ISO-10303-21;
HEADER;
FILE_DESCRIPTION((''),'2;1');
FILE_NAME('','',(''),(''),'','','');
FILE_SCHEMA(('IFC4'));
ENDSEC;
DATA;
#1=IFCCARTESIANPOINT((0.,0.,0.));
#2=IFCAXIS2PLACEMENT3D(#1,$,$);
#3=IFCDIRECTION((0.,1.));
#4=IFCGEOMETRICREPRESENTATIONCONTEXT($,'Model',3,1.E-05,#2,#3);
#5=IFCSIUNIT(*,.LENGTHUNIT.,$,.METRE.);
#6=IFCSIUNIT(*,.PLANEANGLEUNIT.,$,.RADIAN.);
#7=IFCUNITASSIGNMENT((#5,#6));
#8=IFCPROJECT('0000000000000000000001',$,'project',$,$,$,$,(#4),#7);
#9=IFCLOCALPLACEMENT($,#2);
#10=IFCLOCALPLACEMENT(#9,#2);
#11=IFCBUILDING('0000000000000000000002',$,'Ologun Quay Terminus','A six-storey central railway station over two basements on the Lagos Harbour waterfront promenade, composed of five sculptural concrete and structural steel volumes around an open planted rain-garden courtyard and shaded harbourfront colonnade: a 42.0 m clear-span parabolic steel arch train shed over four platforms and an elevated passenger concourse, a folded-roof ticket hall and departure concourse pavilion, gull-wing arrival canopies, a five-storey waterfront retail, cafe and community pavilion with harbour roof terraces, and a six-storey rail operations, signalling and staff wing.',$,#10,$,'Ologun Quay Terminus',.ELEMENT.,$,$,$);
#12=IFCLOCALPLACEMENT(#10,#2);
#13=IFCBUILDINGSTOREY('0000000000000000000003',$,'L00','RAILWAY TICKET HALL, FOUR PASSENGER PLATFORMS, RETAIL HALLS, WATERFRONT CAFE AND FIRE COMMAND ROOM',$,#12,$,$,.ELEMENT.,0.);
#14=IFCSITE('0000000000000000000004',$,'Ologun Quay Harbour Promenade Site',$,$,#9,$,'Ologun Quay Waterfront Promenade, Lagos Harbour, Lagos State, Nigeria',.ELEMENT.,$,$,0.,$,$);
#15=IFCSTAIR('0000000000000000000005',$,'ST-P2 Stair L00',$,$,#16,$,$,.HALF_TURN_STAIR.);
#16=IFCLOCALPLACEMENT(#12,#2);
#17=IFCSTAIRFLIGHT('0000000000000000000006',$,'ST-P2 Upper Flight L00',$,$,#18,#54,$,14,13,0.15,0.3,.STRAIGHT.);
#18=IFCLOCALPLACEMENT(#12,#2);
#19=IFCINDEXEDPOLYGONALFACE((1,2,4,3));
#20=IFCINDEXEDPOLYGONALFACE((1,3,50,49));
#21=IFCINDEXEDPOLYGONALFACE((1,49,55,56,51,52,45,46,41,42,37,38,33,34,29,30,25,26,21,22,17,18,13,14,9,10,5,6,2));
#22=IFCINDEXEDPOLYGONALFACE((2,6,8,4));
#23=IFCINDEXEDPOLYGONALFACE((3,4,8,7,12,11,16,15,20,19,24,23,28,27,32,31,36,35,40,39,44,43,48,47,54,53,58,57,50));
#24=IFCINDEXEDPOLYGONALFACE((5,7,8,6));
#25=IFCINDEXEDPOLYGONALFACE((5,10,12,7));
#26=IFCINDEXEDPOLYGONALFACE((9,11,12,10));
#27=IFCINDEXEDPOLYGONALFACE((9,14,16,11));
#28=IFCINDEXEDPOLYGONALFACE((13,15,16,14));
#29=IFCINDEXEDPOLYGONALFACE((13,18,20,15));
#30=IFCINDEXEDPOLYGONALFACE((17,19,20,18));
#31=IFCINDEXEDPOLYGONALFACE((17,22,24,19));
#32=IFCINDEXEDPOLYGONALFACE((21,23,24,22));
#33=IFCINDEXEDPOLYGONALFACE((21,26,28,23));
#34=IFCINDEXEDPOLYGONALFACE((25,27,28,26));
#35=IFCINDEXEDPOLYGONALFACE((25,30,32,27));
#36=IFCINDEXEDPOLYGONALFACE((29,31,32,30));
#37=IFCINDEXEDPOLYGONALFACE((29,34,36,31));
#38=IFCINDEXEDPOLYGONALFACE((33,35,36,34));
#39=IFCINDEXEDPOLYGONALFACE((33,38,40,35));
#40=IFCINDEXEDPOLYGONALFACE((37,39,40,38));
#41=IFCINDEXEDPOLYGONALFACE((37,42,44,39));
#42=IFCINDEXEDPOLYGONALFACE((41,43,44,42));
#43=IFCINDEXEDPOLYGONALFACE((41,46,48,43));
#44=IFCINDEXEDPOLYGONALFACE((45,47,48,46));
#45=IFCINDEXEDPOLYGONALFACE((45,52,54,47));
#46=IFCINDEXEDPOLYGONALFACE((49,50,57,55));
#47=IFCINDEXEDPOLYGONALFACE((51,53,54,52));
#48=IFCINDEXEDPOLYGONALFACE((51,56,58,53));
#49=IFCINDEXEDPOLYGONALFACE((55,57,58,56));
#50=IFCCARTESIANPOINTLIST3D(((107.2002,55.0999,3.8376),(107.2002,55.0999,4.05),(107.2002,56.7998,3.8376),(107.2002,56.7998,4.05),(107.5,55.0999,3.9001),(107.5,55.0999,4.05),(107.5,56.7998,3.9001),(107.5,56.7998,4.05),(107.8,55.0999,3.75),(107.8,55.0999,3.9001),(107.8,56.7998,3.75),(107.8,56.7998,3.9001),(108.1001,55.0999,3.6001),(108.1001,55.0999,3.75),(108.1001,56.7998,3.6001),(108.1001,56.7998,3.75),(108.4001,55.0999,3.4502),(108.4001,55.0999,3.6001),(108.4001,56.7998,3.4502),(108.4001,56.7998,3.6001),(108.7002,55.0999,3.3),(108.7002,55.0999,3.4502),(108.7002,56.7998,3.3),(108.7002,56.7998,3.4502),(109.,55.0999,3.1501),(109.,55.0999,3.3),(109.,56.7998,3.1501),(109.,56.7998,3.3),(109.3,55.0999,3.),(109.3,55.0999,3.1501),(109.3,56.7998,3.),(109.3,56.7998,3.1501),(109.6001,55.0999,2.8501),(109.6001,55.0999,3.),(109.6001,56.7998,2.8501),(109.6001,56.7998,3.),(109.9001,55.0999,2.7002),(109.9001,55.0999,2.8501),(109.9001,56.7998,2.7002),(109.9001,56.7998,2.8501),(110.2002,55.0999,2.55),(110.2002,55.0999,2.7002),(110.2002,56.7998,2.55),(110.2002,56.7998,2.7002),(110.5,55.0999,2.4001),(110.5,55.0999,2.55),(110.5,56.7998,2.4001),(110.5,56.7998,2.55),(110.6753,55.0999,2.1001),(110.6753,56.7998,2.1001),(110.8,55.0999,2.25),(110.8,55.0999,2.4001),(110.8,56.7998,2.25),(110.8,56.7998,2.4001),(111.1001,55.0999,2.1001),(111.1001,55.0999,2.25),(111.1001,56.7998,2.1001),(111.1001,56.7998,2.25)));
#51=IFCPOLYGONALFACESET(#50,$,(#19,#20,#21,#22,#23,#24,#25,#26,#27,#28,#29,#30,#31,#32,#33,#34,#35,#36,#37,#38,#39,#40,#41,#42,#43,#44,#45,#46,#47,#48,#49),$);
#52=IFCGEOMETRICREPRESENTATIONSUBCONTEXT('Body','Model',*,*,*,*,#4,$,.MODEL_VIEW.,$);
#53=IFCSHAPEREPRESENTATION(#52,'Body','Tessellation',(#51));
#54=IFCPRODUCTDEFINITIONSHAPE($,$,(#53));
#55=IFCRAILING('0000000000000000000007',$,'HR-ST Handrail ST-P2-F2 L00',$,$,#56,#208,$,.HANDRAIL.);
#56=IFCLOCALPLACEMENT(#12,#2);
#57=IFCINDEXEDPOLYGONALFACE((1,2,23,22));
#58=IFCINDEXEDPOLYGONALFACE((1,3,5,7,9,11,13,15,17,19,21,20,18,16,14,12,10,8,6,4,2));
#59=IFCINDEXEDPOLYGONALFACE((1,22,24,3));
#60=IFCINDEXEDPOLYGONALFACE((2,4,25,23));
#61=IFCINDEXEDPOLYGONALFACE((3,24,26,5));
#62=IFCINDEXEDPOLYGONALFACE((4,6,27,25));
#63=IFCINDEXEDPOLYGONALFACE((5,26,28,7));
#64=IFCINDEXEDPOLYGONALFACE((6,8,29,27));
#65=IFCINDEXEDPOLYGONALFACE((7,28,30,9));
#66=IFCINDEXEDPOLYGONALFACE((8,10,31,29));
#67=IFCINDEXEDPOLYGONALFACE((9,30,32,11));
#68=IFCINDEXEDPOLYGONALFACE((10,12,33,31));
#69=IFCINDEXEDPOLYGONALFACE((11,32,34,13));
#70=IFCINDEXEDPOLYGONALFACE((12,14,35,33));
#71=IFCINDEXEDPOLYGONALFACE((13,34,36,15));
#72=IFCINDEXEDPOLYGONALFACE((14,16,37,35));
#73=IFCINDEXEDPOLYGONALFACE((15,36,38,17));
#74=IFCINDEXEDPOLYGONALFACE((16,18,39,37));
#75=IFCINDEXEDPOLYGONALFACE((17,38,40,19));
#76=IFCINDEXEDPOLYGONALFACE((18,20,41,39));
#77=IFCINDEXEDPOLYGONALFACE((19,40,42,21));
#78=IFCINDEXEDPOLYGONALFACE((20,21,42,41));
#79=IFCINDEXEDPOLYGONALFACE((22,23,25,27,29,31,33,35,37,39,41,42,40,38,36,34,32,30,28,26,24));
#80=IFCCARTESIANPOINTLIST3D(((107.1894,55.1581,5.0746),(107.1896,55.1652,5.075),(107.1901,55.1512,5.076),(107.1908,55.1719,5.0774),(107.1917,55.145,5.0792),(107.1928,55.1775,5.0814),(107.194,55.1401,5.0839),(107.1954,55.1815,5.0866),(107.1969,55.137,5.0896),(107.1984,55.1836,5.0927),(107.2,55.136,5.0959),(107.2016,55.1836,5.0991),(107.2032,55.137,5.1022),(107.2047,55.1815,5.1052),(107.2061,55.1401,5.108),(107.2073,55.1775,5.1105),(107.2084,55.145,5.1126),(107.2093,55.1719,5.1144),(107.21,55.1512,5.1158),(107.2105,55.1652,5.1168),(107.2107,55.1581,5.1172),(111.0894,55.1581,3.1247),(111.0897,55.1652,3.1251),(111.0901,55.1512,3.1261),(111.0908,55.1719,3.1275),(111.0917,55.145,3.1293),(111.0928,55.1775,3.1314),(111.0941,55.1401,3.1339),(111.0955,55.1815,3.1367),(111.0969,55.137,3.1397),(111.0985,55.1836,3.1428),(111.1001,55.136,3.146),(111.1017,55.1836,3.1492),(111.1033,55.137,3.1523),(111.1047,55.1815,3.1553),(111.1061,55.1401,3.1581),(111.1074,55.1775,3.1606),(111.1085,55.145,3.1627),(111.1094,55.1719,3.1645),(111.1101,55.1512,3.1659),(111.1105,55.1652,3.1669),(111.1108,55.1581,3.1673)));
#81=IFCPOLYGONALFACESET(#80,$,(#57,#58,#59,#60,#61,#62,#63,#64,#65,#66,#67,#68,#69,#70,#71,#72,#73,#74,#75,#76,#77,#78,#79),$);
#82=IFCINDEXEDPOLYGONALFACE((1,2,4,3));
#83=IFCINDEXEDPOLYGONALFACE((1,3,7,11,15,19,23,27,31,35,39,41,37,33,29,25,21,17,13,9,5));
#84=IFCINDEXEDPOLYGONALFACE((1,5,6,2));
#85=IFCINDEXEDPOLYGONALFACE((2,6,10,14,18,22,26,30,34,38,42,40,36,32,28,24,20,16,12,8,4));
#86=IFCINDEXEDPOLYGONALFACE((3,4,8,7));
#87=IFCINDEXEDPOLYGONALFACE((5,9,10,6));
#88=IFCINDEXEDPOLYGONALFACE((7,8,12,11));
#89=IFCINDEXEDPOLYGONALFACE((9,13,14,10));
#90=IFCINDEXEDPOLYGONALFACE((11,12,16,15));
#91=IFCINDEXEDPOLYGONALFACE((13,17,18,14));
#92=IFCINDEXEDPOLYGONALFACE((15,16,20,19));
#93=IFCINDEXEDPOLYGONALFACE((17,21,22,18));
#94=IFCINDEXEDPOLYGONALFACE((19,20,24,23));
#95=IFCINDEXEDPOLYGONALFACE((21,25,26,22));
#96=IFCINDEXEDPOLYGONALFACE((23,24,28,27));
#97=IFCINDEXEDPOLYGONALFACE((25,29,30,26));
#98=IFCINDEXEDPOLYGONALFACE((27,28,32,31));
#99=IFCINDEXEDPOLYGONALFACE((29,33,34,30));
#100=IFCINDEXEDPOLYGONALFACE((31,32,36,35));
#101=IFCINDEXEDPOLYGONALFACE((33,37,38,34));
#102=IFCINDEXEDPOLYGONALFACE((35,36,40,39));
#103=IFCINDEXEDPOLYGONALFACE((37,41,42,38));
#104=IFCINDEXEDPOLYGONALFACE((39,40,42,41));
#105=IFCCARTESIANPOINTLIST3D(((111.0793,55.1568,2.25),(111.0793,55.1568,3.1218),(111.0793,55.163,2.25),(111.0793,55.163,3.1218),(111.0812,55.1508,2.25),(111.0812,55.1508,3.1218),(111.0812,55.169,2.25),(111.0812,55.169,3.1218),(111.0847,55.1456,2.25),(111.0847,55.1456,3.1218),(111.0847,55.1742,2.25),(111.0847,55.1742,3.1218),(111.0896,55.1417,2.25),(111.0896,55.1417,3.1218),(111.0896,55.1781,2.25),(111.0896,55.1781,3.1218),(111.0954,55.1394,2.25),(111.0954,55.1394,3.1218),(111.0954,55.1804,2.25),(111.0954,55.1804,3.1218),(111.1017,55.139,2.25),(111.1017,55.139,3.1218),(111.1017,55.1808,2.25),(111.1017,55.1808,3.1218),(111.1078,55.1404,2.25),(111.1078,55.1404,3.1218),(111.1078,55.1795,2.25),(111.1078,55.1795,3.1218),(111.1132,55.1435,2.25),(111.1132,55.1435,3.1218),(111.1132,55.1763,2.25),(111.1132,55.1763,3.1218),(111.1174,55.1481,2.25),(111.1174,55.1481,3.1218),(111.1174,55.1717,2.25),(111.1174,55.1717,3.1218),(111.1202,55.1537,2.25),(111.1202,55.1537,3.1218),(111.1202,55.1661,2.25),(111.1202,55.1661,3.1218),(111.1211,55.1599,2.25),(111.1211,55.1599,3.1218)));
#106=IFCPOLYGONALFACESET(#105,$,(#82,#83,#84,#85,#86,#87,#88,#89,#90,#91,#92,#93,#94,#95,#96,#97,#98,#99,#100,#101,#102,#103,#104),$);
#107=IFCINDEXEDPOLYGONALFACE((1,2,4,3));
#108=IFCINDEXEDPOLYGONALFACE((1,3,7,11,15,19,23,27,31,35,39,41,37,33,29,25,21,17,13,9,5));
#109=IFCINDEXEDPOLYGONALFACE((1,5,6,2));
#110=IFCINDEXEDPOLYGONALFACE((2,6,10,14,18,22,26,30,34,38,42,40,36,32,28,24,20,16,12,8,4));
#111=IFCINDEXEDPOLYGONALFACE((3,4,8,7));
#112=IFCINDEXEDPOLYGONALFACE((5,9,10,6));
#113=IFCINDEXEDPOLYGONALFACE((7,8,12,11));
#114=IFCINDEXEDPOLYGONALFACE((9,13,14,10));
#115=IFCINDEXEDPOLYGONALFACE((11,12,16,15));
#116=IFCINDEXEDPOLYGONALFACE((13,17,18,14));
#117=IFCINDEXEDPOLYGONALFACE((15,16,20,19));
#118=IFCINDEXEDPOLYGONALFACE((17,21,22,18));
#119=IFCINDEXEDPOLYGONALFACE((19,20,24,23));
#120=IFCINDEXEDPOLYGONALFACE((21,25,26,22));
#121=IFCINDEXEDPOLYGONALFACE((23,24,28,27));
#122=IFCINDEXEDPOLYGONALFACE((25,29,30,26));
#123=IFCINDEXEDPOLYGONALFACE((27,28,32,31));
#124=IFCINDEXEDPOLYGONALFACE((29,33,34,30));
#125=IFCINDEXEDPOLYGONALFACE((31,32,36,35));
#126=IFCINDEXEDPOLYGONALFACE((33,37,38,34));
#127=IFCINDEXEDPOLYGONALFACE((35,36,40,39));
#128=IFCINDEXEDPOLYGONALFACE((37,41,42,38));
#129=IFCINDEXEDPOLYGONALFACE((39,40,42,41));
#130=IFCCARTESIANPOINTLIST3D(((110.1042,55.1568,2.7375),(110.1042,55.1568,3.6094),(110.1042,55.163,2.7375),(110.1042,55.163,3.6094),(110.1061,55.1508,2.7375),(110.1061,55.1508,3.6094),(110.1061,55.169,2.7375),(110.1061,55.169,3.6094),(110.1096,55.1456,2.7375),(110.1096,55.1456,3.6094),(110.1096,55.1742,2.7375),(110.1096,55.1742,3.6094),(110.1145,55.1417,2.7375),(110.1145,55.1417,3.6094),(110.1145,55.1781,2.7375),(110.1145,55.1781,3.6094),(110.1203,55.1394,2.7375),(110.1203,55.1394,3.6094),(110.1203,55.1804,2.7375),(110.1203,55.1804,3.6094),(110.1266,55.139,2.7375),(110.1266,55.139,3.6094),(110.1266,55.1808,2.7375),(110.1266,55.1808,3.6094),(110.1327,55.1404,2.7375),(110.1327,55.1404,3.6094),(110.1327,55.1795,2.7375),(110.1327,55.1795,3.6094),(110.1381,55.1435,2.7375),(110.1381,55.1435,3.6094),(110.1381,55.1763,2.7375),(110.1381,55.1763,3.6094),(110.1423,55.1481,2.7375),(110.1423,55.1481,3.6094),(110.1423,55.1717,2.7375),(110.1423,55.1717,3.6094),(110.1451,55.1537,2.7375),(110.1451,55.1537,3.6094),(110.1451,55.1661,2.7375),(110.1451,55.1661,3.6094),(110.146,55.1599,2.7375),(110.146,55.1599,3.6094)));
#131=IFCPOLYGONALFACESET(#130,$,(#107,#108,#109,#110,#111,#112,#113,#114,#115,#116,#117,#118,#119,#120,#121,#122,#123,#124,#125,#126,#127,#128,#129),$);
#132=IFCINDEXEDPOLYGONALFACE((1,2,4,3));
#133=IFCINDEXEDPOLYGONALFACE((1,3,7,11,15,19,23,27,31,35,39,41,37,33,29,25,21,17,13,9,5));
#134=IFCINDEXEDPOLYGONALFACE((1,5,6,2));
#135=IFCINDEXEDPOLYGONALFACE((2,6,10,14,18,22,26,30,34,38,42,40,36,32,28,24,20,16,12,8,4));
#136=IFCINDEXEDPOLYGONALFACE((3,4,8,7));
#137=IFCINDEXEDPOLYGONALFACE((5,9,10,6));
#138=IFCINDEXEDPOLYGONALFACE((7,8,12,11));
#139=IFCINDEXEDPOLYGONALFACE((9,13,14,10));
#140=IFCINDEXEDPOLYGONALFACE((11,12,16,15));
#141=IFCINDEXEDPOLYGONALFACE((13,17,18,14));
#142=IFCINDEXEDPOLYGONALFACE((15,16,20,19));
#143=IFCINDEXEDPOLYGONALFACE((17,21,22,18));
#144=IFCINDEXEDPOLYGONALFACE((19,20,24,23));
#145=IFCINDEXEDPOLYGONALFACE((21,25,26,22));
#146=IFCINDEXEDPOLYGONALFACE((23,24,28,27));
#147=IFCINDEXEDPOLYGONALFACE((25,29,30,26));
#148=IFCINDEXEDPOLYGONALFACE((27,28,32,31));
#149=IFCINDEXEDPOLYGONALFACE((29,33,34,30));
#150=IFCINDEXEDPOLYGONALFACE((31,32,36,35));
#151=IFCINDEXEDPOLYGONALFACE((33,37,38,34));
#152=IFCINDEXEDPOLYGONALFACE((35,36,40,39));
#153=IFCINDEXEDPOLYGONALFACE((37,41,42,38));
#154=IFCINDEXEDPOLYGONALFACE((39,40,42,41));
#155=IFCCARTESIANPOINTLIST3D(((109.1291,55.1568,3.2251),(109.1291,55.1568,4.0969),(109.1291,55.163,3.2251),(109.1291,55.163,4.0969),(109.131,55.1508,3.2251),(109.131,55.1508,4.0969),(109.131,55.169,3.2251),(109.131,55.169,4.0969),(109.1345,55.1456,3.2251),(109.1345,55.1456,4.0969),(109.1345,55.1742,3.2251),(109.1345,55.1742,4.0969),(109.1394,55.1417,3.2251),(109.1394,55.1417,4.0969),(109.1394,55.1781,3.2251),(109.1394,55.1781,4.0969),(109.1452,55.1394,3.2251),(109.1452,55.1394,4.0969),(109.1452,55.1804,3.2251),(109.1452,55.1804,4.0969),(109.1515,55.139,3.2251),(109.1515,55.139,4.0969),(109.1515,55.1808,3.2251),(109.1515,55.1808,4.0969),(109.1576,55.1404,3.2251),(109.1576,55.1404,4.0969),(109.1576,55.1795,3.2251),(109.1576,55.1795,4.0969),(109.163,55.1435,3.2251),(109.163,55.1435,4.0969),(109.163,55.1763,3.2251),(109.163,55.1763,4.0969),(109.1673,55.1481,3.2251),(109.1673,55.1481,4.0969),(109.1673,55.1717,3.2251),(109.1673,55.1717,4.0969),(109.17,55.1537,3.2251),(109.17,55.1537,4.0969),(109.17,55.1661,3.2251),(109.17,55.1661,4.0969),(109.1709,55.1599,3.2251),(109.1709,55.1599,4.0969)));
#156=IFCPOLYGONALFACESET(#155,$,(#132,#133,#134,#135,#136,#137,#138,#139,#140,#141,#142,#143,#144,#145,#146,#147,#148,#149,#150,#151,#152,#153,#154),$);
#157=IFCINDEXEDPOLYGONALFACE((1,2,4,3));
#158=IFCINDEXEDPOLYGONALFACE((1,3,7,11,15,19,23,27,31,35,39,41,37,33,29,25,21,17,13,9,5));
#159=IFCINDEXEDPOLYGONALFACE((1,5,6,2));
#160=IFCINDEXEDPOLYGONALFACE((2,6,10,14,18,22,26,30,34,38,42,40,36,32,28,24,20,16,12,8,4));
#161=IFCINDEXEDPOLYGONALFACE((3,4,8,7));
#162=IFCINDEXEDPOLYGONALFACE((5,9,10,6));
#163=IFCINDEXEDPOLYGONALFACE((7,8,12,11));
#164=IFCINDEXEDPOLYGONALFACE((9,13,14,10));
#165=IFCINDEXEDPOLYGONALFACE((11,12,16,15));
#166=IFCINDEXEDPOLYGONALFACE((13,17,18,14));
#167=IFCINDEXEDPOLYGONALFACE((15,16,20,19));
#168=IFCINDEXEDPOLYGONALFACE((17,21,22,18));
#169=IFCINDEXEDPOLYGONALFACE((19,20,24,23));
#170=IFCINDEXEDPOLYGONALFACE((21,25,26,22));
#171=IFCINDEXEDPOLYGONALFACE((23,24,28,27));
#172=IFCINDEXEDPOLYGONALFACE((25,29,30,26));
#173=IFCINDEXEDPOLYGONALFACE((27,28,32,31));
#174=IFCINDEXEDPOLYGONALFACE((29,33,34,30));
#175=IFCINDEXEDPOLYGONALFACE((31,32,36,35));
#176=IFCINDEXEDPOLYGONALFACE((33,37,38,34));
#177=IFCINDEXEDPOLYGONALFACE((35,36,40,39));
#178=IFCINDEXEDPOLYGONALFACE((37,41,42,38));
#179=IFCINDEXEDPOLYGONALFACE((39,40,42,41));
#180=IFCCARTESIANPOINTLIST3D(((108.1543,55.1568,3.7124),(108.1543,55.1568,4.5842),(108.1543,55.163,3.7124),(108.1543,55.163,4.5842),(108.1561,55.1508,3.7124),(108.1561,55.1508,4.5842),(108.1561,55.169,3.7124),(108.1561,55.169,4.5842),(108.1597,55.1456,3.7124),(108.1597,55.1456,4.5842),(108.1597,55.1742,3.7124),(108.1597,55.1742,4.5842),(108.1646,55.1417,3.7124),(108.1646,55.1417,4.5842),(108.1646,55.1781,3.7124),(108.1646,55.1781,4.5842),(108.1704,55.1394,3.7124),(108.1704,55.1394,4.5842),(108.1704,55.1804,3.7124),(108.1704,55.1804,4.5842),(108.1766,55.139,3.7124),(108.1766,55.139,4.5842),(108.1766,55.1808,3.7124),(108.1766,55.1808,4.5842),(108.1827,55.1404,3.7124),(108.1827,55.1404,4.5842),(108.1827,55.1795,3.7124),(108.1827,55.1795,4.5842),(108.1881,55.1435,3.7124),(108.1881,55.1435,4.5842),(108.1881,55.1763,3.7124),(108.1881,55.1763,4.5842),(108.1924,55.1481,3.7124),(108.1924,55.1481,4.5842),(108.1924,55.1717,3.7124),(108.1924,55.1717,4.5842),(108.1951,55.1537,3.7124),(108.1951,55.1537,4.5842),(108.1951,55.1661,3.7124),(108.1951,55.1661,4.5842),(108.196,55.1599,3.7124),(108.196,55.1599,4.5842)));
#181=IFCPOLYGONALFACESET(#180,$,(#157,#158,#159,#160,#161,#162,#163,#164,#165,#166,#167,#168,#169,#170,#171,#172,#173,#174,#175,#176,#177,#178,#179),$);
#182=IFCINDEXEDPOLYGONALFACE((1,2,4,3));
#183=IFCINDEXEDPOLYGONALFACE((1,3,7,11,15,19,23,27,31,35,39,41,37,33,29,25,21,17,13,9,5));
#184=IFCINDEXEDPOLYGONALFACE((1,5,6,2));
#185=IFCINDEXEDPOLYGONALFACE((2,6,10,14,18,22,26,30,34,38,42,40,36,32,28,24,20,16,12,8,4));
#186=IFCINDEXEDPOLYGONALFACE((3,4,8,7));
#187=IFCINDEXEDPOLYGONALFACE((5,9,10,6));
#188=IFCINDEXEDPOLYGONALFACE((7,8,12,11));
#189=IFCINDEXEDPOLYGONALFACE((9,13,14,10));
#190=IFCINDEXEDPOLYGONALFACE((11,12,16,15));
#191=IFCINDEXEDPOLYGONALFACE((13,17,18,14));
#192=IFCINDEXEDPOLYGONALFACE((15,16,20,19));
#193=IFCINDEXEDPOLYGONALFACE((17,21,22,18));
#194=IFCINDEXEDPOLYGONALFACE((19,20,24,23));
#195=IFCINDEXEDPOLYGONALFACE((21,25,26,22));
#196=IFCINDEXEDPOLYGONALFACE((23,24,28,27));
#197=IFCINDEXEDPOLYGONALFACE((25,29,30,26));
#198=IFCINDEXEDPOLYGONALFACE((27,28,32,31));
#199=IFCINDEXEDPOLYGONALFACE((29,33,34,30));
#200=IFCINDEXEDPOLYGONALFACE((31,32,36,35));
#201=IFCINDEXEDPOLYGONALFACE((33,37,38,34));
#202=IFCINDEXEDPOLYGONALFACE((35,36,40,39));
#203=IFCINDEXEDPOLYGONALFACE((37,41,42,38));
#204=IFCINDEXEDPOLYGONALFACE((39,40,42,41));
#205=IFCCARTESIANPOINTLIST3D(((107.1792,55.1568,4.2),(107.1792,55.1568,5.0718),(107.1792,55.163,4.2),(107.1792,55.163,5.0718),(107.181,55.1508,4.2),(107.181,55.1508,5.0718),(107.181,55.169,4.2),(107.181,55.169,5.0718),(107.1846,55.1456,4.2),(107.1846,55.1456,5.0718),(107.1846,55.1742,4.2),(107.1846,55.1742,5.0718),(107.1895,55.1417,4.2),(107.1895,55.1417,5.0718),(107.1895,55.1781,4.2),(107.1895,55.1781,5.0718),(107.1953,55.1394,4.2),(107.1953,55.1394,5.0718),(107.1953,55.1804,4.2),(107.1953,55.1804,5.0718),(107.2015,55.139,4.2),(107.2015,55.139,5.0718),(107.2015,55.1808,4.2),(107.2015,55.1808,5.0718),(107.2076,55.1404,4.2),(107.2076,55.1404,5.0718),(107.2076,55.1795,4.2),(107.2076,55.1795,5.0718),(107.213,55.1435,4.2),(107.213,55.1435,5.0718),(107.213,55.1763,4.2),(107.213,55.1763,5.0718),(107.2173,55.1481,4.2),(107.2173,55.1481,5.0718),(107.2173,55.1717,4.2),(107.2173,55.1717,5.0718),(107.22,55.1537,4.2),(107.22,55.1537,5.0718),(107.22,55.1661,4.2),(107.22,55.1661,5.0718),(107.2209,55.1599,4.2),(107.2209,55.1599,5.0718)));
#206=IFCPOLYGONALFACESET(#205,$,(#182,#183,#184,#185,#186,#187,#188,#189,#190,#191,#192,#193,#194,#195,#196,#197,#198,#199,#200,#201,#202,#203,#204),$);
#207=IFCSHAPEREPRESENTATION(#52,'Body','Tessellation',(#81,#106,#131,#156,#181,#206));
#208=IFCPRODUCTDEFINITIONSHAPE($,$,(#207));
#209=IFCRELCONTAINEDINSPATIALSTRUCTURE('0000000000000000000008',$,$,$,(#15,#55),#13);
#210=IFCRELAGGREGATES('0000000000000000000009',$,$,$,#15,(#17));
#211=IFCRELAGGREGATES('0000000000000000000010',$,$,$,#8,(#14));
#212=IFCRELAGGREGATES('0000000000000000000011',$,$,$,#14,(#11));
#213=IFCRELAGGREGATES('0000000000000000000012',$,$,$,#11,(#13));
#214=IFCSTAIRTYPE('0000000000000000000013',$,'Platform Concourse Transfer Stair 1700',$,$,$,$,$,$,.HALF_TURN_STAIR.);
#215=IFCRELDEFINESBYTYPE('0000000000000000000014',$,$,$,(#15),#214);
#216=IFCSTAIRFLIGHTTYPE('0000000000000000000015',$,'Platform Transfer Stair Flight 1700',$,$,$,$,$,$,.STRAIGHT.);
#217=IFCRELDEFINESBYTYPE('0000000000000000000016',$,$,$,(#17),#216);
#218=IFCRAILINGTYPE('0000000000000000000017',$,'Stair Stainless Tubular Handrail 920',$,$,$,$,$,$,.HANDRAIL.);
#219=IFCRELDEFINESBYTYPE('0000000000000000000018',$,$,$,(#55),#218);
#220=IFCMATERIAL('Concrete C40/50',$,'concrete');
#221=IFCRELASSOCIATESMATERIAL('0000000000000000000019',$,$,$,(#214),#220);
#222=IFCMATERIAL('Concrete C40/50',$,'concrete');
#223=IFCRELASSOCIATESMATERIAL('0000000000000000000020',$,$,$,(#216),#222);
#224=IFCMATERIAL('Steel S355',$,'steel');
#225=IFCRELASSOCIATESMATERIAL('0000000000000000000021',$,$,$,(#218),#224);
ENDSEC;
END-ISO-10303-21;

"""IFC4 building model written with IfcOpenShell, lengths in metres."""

from ifc_helpers import new_model, si_unit, direction, frame, origin, origin_2d, place, context, subcontext, project, spatial, polyline, circle, outline, extrude, material, type_object, element, aggregate, save


model = new_model("IFC4")

# Units and contexts
model_context = context("Model", 3, precision=1e-05, world=origin(), true_north=direction((0.0, 1.0)))
body_context = subcontext(model_context, "Body", "Model", "MODEL_VIEW")
ifc_project = project(units=[si_unit("LENGTHUNIT", "METRE"), si_unit("PLANEANGLEUNIT", "RADIAN")], contexts=[model_context])

# Site, building, storey
site_placement = place(None, origin())
site = spatial("IfcSite", under=ifc_project, at=site_placement, Name="Ologun Quay Harbour Promenade Site", LongName="Ologun Quay Waterfront Promenade, Lagos Harbour, Lagos State, Nigeria", CompositionType="ELEMENT", RefElevation=0.0)
building_placement = place(site_placement, origin())
building = spatial("IfcBuilding", under=site, at=building_placement, Name="Ologun Quay Terminus", Description="A six-storey central railway station over two basements on the Lagos Harbour waterfront promenade, composed of five sculptural concrete and structural steel volumes around an open planted rain-garden courtyard and shaded harbourfront colonnade: a 42.0 m clear-span parabolic steel arch train shed over four platforms and an elevated passenger concourse, a folded-roof ticket hall and departure concourse pavilion, gull-wing arrival canopies, a five-storey waterfront retail, cafe and community pavilion with harbour roof terraces, and a six-storey rail operations, signalling and staff wing.", LongName="Ologun Quay Terminus", CompositionType="ELEMENT")
storey_placement = place(building_placement, origin())
storey = spatial("IfcBuildingStorey", under=building, at=storey_placement, Name="L00", Description="RAILWAY TICKET HALL, FOUR PASSENGER PLATFORMS, RETAIL HALLS, WATERFRONT CAFE AND FIRE COMMAND ROOM", CompositionType="ELEMENT", Elevation=0.0)

# Stair, stair flight
ifc_material_1 = material(Name="Concrete C40/50", Category="concrete")
stair_type = type_object("IfcStairType", Name="Platform Concourse Transfer Stair 1700", PredefinedType="HALF_TURN_STAIR", material=ifc_material_1)
stair_placement = place(storey_placement, origin())
stair = element("IfcStair", 1, at=stair_placement, inside=storey, type_object=stair_type, Name="ST-P2 Stair L00", PredefinedType="HALF_TURN_STAIR")
ifc_material_2 = material(Name="Concrete C40/50", Category="concrete")
stair_flight_type = type_object("IfcStairFlightType", Name="Platform Transfer Stair Flight 1700", PredefinedType="STRAIGHT", material=ifc_material_2)
stair_flight_placement = place(storey_placement, frame((111.1001, 55.95, 2.1001), z_axis=(0.0, 0.0, 1.0), x_axis=(-1.0, 0.0, 0.0)))
stair_flight = element("IfcStairFlight", 2, at=stair_flight_placement, type_object=stair_flight_type, Name="ST-P2 Upper Flight L00", NumberOfRisers=14, NumberOfTreads=13, PredefinedType="STRAIGHT", RiserHeight=0.15, TreadLength=0.3, context=body_context, shape_type="SweptSolid", body=[
    extrude(outline(polyline([(0.0, 0.0), (0.0, 0.1499), (0.3, 0.1499), (0.3, 0.3), (0.6001, 0.3), (0.6001, 0.45), (0.8999, 0.45), (0.8999, 0.6001), (1.2, 0.6001), (1.2, 0.75), (1.5, 0.75), (1.5, 0.8999), (1.8, 0.8999), (1.8, 1.05), (2.1001, 1.05), (2.1001, 1.2), (2.3999, 1.2), (2.3999, 1.3501), (2.7, 1.3501), (2.7, 1.5), (3.0, 1.5), (3.0, 1.6499), (3.3, 1.6499), (3.3, 1.8), (3.6001, 1.8), (3.6001, 1.95), (3.8999, 1.95), (3.8999, 2.1001), (3.8999, 1.7375), (0.4248, 0.0), (0.0, 0.0)])), frame((0.0, 0.8501, 0.0), z_axis=(0.0, -1.0, 0.0), x_axis=(1.0, 0.0, 0.0)), (0.0, 0.0, 1.0), 1.7),
])
aggregate(stair, [stair_flight])

# Railing
ifc_material_3 = material(Name="Steel S355", Category="steel")
railing_type_1 = type_object("IfcRailingType", Name="Stair Stainless Tubular Handrail 920", PredefinedType="HANDRAIL", material=ifc_material_3)
railing_1_placement = place(storey_placement, frame((111.1001, 55.1599, 2.25)))
element("IfcRailing", 3, at=railing_1_placement, inside=storey, type_object=railing_type_1, Name="HR-ST Handrail ST-P2-F2 L00", PredefinedType="HANDRAIL", context=body_context, shape_type="SweptSolid", body=[
    extrude(circle(Radius=0.0239, at=origin_2d()), frame((0.0, 0.0, 0.896), z_axis=(-0.894438, 0.0, 0.447191), x_axis=(0.0, -1.0, 0.0)), (0.0, 0.0, 1.0), 4.3604),
    extrude(circle(Radius=0.021, at=origin_2d()), origin(), (0.0, 0.0, 1.0), 0.8718),
    extrude(circle(Radius=0.021, at=origin_2d()), frame((-0.9751, 0.0, 0.4875)), (0.0, 0.0, 1.0), 0.8718),
    extrude(circle(Radius=0.021, at=origin_2d()), frame((-1.9502, 0.0, 0.9751)), (0.0, 0.0, 1.0), 0.8718),
    extrude(circle(Radius=0.021, at=origin_2d()), frame((-2.925, 0.0, 1.4624)), (0.0, 0.0, 1.0), 0.8718),
    extrude(circle(Radius=0.021, at=origin_2d()), frame((-3.9001, 0.0, 1.95)), (0.0, 0.0, 1.0), 0.8718),
])

save(model, "model.ifc")
